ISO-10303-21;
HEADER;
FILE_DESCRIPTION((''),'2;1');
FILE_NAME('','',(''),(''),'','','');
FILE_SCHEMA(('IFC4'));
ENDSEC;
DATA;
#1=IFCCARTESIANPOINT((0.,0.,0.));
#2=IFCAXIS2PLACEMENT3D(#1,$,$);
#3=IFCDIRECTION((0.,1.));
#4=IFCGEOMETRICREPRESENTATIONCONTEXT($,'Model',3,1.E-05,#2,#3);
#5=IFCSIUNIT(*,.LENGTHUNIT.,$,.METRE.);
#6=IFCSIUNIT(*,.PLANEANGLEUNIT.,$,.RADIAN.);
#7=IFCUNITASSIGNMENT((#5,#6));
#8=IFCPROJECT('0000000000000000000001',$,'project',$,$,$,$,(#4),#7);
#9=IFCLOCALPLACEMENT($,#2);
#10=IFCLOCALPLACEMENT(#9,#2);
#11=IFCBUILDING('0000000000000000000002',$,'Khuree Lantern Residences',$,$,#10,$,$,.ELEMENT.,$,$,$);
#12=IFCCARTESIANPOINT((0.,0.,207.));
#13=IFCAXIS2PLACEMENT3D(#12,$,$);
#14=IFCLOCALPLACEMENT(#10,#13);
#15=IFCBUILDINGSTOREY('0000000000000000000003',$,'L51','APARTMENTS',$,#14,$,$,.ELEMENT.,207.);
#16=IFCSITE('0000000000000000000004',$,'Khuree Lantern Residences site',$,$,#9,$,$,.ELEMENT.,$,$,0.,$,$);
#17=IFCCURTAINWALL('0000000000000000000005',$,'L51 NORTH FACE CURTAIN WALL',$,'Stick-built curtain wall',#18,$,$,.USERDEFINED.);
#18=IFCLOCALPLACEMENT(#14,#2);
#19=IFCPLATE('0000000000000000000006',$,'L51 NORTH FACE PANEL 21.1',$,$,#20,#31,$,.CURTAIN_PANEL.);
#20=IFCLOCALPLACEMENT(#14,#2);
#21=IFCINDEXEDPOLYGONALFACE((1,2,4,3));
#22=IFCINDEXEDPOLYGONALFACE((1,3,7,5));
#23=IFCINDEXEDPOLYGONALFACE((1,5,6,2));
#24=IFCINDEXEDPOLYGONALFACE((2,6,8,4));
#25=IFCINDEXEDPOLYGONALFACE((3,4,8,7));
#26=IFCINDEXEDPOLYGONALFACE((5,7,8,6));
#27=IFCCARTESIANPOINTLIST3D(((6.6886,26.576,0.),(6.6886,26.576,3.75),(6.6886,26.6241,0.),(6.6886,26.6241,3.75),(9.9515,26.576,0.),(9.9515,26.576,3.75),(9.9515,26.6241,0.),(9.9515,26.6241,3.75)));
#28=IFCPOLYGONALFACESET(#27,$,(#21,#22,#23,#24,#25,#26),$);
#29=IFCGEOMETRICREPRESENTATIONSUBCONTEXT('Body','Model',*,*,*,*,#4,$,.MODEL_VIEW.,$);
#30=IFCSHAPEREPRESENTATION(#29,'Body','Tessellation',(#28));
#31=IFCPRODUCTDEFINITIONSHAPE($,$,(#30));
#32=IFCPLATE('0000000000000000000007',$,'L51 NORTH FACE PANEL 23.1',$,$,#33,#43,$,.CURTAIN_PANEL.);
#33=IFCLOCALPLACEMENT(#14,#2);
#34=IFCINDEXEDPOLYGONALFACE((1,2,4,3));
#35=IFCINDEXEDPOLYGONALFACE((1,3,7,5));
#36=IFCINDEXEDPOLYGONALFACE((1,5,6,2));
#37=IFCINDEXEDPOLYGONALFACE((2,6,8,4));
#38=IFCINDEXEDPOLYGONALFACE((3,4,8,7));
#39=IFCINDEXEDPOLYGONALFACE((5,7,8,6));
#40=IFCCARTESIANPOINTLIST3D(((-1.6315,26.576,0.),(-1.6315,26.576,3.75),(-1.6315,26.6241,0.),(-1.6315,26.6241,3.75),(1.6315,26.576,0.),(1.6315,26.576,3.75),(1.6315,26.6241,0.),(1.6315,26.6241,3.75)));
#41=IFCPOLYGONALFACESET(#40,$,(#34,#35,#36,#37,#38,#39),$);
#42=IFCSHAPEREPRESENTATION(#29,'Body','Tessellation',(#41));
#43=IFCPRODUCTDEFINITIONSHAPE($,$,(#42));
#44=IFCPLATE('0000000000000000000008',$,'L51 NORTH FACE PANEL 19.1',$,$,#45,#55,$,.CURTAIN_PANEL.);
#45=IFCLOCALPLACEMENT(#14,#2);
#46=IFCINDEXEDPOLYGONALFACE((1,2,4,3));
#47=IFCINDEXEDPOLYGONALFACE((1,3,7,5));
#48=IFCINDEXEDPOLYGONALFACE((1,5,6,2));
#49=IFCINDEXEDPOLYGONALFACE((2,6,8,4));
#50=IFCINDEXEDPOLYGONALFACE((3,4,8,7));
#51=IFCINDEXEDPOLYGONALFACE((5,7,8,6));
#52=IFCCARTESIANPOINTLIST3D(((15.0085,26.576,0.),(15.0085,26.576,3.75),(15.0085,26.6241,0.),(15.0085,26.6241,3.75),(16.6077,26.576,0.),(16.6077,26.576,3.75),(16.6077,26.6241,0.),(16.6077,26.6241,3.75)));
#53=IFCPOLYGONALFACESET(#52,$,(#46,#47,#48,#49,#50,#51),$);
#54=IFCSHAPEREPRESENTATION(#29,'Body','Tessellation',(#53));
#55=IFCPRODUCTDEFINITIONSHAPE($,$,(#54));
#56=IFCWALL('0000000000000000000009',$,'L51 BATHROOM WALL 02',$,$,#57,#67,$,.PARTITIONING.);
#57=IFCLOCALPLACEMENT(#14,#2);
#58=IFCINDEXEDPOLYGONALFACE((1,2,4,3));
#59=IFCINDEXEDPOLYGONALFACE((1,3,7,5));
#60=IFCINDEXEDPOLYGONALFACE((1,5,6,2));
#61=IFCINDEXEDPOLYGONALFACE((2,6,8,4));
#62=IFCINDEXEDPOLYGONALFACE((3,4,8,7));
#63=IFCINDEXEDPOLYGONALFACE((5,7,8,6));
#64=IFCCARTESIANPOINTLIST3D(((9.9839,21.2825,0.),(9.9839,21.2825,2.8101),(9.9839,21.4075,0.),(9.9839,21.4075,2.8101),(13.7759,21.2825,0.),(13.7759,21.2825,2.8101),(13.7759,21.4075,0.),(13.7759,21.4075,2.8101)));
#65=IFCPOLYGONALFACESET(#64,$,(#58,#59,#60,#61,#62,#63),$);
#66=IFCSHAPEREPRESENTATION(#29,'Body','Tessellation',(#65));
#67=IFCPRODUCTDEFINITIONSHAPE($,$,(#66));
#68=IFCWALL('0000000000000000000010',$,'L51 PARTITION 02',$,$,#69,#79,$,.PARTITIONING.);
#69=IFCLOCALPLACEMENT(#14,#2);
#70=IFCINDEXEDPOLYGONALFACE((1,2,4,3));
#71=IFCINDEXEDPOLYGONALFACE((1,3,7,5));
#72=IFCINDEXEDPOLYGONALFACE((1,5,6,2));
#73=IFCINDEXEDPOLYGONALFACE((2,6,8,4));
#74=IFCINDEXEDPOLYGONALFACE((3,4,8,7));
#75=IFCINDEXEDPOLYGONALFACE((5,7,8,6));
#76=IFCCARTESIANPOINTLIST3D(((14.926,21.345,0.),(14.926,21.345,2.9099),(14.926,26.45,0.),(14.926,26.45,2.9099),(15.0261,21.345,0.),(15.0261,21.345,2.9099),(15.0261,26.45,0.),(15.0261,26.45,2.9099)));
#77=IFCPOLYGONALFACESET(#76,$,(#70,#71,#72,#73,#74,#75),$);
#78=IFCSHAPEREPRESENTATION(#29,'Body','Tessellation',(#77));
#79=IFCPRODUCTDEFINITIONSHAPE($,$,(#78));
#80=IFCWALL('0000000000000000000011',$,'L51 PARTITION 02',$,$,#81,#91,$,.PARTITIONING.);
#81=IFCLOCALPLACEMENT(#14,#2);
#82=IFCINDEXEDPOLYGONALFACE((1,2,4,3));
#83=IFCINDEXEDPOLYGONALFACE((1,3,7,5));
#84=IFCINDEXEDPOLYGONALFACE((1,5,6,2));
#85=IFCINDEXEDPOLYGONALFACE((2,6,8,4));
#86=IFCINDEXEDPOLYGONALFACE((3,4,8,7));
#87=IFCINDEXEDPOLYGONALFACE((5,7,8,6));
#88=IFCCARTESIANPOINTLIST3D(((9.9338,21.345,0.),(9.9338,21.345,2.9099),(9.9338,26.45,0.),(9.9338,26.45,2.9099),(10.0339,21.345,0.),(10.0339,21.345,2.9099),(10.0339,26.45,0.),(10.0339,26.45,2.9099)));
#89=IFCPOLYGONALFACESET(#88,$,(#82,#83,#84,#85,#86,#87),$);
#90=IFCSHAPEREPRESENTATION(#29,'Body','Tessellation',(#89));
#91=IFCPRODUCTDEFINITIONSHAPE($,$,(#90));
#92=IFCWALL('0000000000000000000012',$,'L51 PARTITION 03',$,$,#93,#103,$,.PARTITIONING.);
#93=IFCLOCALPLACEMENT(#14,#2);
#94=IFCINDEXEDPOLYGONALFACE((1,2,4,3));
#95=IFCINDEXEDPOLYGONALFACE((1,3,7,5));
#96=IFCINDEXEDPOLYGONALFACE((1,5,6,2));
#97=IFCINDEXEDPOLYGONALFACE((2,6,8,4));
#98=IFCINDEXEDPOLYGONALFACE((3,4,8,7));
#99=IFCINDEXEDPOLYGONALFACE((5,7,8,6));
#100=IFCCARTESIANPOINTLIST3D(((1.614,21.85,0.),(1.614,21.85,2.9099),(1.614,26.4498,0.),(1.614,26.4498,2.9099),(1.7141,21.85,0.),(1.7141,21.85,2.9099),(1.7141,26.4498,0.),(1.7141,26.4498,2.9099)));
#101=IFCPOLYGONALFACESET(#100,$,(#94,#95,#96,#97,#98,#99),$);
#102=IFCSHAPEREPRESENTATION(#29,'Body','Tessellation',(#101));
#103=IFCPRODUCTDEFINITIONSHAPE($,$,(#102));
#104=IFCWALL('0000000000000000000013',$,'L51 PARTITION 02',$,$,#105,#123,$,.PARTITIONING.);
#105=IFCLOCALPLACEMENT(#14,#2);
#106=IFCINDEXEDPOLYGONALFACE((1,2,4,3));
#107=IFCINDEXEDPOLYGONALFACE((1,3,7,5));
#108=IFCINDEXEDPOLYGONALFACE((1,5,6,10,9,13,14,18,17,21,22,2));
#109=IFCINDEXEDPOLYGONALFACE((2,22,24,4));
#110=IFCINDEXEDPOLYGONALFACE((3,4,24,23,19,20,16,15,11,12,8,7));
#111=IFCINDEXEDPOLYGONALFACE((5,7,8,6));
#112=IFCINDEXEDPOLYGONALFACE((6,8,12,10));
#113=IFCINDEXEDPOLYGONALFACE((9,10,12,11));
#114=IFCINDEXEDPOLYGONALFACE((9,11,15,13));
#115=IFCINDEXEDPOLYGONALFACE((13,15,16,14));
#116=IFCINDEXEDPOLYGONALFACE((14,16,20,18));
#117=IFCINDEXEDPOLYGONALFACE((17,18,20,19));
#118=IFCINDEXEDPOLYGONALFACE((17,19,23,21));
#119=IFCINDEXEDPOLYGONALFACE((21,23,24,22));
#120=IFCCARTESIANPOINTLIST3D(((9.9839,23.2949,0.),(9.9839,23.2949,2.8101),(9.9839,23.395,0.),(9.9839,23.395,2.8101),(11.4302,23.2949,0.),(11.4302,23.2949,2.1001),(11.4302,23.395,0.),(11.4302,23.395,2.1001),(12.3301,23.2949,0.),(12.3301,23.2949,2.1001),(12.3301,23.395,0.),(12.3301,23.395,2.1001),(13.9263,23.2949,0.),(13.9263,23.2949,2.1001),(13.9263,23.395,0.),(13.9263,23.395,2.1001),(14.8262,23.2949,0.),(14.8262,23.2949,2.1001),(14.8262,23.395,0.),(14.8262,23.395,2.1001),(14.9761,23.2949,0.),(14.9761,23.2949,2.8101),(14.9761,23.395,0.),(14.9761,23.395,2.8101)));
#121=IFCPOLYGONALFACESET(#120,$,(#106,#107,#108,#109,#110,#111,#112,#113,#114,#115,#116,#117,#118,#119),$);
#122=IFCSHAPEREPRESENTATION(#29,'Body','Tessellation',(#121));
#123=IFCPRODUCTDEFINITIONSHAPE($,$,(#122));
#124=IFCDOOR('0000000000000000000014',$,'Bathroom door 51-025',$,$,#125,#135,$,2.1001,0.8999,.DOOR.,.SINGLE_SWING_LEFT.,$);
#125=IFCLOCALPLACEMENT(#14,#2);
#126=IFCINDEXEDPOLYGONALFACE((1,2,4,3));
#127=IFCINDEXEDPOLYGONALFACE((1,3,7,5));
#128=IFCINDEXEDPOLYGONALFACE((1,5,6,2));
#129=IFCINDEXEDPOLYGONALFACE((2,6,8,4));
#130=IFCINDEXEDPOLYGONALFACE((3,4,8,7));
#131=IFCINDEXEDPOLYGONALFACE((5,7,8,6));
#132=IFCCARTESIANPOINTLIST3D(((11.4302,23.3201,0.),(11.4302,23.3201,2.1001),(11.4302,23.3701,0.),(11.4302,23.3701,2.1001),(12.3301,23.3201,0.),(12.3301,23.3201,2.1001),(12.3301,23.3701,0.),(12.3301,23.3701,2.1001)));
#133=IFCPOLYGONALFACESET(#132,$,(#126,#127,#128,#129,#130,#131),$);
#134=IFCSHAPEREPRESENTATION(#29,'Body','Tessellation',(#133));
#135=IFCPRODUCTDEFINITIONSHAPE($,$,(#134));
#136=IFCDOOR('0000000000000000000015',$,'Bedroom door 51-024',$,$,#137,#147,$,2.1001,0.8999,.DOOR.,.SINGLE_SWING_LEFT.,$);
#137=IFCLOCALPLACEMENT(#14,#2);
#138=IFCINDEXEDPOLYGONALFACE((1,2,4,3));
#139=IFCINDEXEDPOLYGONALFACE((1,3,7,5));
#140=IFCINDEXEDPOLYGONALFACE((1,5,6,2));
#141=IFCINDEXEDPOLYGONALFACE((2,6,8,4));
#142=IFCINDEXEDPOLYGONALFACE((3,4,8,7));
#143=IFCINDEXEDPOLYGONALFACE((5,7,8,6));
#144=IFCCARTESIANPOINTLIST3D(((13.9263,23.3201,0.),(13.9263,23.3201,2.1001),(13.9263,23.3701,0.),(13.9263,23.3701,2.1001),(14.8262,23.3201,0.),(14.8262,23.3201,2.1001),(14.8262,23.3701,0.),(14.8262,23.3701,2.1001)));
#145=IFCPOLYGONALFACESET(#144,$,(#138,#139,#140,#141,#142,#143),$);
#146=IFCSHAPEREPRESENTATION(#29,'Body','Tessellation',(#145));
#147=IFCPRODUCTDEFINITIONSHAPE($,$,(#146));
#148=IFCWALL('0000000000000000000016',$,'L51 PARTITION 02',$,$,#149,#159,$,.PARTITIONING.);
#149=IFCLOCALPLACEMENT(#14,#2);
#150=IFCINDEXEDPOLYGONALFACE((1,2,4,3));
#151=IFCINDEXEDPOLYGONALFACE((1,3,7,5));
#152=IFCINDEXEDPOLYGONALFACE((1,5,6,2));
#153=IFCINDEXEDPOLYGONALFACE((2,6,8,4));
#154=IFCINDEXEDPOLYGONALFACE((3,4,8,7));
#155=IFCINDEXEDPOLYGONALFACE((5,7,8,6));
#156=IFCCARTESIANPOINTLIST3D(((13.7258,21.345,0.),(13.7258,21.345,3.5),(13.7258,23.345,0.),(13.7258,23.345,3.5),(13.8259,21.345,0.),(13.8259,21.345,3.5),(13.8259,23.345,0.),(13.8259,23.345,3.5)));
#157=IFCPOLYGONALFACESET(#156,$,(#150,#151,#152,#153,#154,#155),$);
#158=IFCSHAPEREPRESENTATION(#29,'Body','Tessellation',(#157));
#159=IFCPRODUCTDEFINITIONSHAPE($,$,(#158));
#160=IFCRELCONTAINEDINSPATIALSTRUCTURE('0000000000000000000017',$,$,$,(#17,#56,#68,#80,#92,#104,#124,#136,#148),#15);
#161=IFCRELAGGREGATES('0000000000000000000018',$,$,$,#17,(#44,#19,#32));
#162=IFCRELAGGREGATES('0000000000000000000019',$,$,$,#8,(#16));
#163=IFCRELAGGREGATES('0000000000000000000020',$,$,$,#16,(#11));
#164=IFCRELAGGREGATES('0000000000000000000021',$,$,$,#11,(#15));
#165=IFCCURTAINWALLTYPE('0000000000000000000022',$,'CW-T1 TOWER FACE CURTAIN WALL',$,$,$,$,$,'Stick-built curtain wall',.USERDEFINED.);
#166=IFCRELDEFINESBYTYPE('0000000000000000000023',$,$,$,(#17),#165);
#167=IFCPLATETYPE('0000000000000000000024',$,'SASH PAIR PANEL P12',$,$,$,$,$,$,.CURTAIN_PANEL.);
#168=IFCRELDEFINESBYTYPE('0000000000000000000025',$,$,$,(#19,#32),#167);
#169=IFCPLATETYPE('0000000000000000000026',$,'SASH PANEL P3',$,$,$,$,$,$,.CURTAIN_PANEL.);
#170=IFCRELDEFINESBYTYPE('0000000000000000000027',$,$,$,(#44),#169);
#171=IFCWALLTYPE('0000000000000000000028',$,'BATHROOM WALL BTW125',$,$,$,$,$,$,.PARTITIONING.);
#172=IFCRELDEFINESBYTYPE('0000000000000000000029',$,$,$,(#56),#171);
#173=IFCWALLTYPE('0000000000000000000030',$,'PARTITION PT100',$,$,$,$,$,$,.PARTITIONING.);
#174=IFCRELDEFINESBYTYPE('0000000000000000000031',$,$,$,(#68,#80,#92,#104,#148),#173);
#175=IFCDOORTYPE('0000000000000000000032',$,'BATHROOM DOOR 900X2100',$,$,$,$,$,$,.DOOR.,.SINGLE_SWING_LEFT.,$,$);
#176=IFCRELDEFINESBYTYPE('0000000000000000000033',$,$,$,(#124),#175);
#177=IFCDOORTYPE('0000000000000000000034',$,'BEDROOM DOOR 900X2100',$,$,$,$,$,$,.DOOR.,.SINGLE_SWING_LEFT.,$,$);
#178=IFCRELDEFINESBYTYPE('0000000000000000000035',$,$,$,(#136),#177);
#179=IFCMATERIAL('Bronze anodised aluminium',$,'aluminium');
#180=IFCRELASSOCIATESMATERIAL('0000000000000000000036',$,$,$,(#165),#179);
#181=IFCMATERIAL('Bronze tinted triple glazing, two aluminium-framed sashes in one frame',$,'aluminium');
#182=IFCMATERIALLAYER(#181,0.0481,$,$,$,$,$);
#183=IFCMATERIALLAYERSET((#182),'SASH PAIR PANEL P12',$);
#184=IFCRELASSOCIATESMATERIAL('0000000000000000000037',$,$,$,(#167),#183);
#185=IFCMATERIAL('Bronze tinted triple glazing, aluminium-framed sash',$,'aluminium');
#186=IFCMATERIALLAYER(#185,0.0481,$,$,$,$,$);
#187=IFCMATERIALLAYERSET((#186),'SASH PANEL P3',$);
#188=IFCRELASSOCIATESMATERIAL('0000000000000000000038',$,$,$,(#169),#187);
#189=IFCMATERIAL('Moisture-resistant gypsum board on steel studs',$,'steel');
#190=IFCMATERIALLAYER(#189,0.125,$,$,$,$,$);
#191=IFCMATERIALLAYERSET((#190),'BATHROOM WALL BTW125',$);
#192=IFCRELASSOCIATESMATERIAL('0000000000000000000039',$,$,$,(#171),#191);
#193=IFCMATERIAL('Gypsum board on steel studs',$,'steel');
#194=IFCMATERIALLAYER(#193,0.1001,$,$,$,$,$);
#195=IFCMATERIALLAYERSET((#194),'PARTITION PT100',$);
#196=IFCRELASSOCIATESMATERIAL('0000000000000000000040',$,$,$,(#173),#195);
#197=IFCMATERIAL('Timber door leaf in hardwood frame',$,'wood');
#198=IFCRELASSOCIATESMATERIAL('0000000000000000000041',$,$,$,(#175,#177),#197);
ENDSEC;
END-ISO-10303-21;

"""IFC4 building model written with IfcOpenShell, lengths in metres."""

from ifc_helpers import new_model, si_unit, direction, frame, frame_2d, origin, origin_2d, place, context, subcontext, project, spatial, rectangle, extrude, material, layer, layer_set, type_object, element, fill, aggregate, save


model = new_model("IFC4")

# Units and contexts
model_context = context("Model", 3, precision=1e-05, world=origin(), true_north=direction((0.0, 1.0)))
body_context = subcontext(model_context, "Body", "Model", "MODEL_VIEW")
ifc_project = project(units=[si_unit("LENGTHUNIT", "METRE"), si_unit("PLANEANGLEUNIT", "RADIAN")], contexts=[model_context])

# Site, building, storey
site_placement = place(None, origin())
site = spatial("IfcSite", under=ifc_project, at=site_placement, Name="Khuree Lantern Residences site", CompositionType="ELEMENT", RefElevation=0.0)
building_placement = place(site_placement, origin())
building = spatial("IfcBuilding", under=site, at=building_placement, Name="Khuree Lantern Residences", CompositionType="ELEMENT")
storey_placement = place(building_placement, frame((0.0, 0.0, 207.0)))
storey = spatial("IfcBuildingStorey", under=building, at=storey_placement, Name="L51", Description="APARTMENTS", CompositionType="ELEMENT", Elevation=207.0)

# Curtain wall
ifc_material_1 = material(Name="Bronze anodised aluminium", Category="aluminium")
curtain_wall_type = type_object("IfcCurtainWallType", Name="CW-T1 TOWER FACE CURTAIN WALL", ElementType="Stick-built curtain wall", PredefinedType="USERDEFINED", material=ifc_material_1)
curtain_wall_placement = place(storey_placement, origin())
curtain_wall = element("IfcCurtainWall", 1, at=curtain_wall_placement, inside=storey, type_object=curtain_wall_type, Name="L51 NORTH FACE CURTAIN WALL", ObjectType="Stick-built curtain wall", PredefinedType="USERDEFINED")

# Plates
ifc_material_2 = material(Name="Bronze tinted triple glazing, two aluminium-framed sashes in one frame", Category="aluminium")
ifc_layer_1 = layer(ifc_material_2, 0.0481)
ifc_layer_set_1 = layer_set([ifc_layer_1], Name="SASH PAIR PANEL P12")
plate_type_1 = type_object("IfcPlateType", Name="SASH PAIR PANEL P12", PredefinedType="CURTAIN_PANEL", material=ifc_layer_set_1)
plate_1_placement = place(storey_placement, frame((8.3201, 26.6001, 0.0), z_axis=(0.0, 0.0, 1.0), x_axis=(-1.0, 0.0, 0.0)))
plate_1 = element("IfcPlate", 2, at=plate_1_placement, type_object=plate_type_1, Name="L51 NORTH FACE PANEL 21.1", PredefinedType="CURTAIN_PANEL", context=body_context, shape_type="SweptSolid", body=[
    extrude(rectangle(XDim=3.2629, YDim=0.0481, at=origin_2d()), origin(), (0.0, 0.0, 1.0), 3.75),
])
plate_2_placement = place(storey_placement, frame((0.0, 26.6001, 0.0), z_axis=(0.0, 0.0, 1.0), x_axis=(-1.0, 0.0, 0.0)))
plate_2 = element("IfcPlate", 3, at=plate_2_placement, type_object=plate_type_1, Name="L51 NORTH FACE PANEL 23.1", PredefinedType="CURTAIN_PANEL", context=body_context, shape_type="SweptSolid", body=[
    extrude(rectangle(XDim=3.2629, YDim=0.0481, at=origin_2d()), origin(), (0.0, 0.0, 1.0), 3.75),
])
ifc_material_3 = material(Name="Bronze tinted triple glazing, aluminium-framed sash", Category="aluminium")
ifc_layer_2 = layer(ifc_material_3, 0.0481)
ifc_layer_set_2 = layer_set([ifc_layer_2], Name="SASH PANEL P3")
plate_type_2 = type_object("IfcPlateType", Name="SASH PANEL P3", PredefinedType="CURTAIN_PANEL", material=ifc_layer_set_2)
plate_3_placement = place(storey_placement, frame((15.8081, 26.6001, 0.0), z_axis=(0.0, 0.0, 1.0), x_axis=(-1.0, 0.0, 0.0)))
plate_3 = element("IfcPlate", 4, at=plate_3_placement, type_object=plate_type_2, Name="L51 NORTH FACE PANEL 19.1", PredefinedType="CURTAIN_PANEL", context=body_context, shape_type="SweptSolid", body=[
    extrude(rectangle(XDim=1.5991, YDim=0.0481, at=origin_2d()), origin(), (0.0, 0.0, 1.0), 3.75),
])
aggregate(curtain_wall, [plate_3, plate_1, plate_2])

# Walls
ifc_material_4 = material(Name="Moisture-resistant gypsum board on steel studs", Category="steel")
ifc_layer_3 = layer(ifc_material_4, 0.125)
ifc_layer_set_3 = layer_set([ifc_layer_3], Name="BATHROOM WALL BTW125")
wall_type_1 = type_object("IfcWallType", Name="BATHROOM WALL BTW125", PredefinedType="PARTITIONING", material=ifc_layer_set_3)
wall_1_placement = place(storey_placement, frame((13.7759, 21.345, 0.0), z_axis=(0.0, 0.0, 1.0), x_axis=(-1.0, 0.0, 0.0)))
element("IfcWall", 5, at=wall_1_placement, inside=storey, type_object=wall_type_1, Name="L51 BATHROOM WALL 02", PredefinedType="PARTITIONING", context=body_context, shape_type="SweptSolid", body=[
    extrude(rectangle(XDim=3.792, YDim=0.125, at=frame_2d((1.896, 0.0))), origin(), (0.0, 0.0, 1.0), 2.8101),
])
ifc_material_5 = material(Name="Gypsum board on steel studs", Category="steel")
ifc_layer_4 = layer(ifc_material_5, 0.1001)
ifc_layer_set_4 = layer_set([ifc_layer_4], Name="PARTITION PT100")
wall_type_2 = type_object("IfcWallType", Name="PARTITION PT100", PredefinedType="PARTITIONING", material=ifc_layer_set_4)
for number, where, z_axis, x_axis, name in (
    (6, (14.9761, 21.345, 0.0), (0.0, 0.0, 1.0), (0.0, 1.0, 0.0), "L51 PARTITION 02"),
    (7, (9.9839, 21.345, 0.0), (0.0, 0.0, 1.0), (0.0, 1.0, 0.0), "L51 PARTITION 02"),
):
    element("IfcWall", number, at=place(storey_placement, frame(where, z_axis=z_axis, x_axis=x_axis)), inside=storey, type_object=wall_type_2, Name=name, PredefinedType="PARTITIONING", context=body_context, shape_type="SweptSolid", body=[
        extrude(rectangle(XDim=5.105, YDim=0.1001, at=frame_2d((2.5525, 0.0))), origin(), (0.0, 0.0, 1.0), 2.9099),
    ])
wall_2_placement = place(storey_placement, frame((1.6641, 21.8501, 0.0), z_axis=(0.0, 0.0, 1.0), x_axis=(0.0, 1.0, 0.0)))
element("IfcWall", 8, at=wall_2_placement, inside=storey, type_object=wall_type_2, Name="L51 PARTITION 03", PredefinedType="PARTITIONING", context=body_context, shape_type="SweptSolid", body=[
    extrude(rectangle(XDim=4.5999, YDim=0.1001, at=frame_2d((2.2998, 0.0))), origin(), (0.0, 0.0, 1.0), 2.9099),
])

# Wall, openings, doors
wall_3_placement = place(storey_placement, frame((14.9761, 23.345, 0.0), z_axis=(0.0, 0.0, 1.0), x_axis=(-1.0, 0.0, 0.0)))
wall_3 = element("IfcWall", 9, at=wall_3_placement, inside=storey, type_object=wall_type_2, Name="L51 PARTITION 02", PredefinedType="PARTITIONING", context=body_context, shape_type="SweptSolid", body=[
    extrude(rectangle(XDim=4.9922, YDim=0.1001, at=frame_2d((2.4961, 0.0))), origin(), (0.0, 0.0, 1.0), 2.8101),
])
opening_1_placement = place(wall_3_placement, frame((0.1499, 0.0, 0.0)))
opening_1 = element("IfcOpeningElement", 10, at=opening_1_placement, cuts=wall_3, PredefinedType="OPENING", context=body_context, shape_type="SweptSolid", body=[
    extrude(rectangle(XDim=0.8999, YDim=2.1001, at=frame_2d((0.45, 1.05))), frame((0.0, 0.0601, 0.0), z_axis=(0.0, -1.0, 0.0), x_axis=(1.0, 0.0, 0.0)), (0.0, 0.0, 1.0), 0.1201),
])
opening_2_placement = place(wall_3_placement, frame((2.646, 0.0, 0.0)))
opening_2 = element("IfcOpeningElement", 11, at=opening_2_placement, cuts=wall_3, PredefinedType="OPENING", context=body_context, shape_type="SweptSolid", body=[
    extrude(rectangle(XDim=0.8999, YDim=2.1001, at=frame_2d((0.45, 1.05))), frame((0.0, 0.0601, 0.0), z_axis=(0.0, -1.0, 0.0), x_axis=(1.0, 0.0, 0.0)), (0.0, 0.0, 1.0), 0.1201),
])
ifc_material_6 = material(Name="Timber door leaf in hardwood frame", Category="wood")
door_type_1 = type_object("IfcDoorType", Name="BATHROOM DOOR 900X2100", OperationType="SINGLE_SWING_LEFT", PredefinedType="DOOR", material=ifc_material_6)
door_1_placement = place(opening_2_placement, origin())
door_1 = element("IfcDoor", 12, at=door_1_placement, inside=storey, type_object=door_type_1, Name="Bathroom door 51-025", OperationType="SINGLE_SWING_LEFT", OverallHeight=2.1001, OverallWidth=0.8999, PredefinedType="DOOR", context=body_context, shape_type="SweptSolid", body=[
    extrude(rectangle(XDim=0.8999, YDim=2.1001, at=frame_2d((0.45, 1.05))), frame((0.0, 0.0249, 0.0), z_axis=(0.0, -1.0, 0.0), x_axis=(1.0, 0.0, 0.0)), (0.0, 0.0, 1.0), 0.05),
])
fill(opening_2, door_1)
door_type_2 = type_object("IfcDoorType", Name="BEDROOM DOOR 900X2100", OperationType="SINGLE_SWING_LEFT", PredefinedType="DOOR", material=ifc_material_6)
door_2_placement = place(opening_1_placement, origin())
door_2 = element("IfcDoor", 13, at=door_2_placement, inside=storey, type_object=door_type_2, Name="Bedroom door 51-024", OperationType="SINGLE_SWING_LEFT", OverallHeight=2.1001, OverallWidth=0.8999, PredefinedType="DOOR", context=body_context, shape_type="SweptSolid", body=[
    extrude(rectangle(XDim=0.8999, YDim=2.1001, at=frame_2d((0.45, 1.05))), frame((0.0, 0.0249, 0.0), z_axis=(0.0, -1.0, 0.0), x_axis=(1.0, 0.0, 0.0)), (0.0, 0.0, 1.0), 0.05),
])
fill(opening_1, door_2)

# Wall
wall_4_placement = place(storey_placement, frame((13.7759, 21.345, 0.0), z_axis=(0.0, 0.0, 1.0), x_axis=(0.0, 1.0, 0.0)))
element("IfcWall", 14, at=wall_4_placement, inside=storey, type_object=wall_type_2, Name="L51 PARTITION 02", PredefinedType="PARTITIONING", context=body_context, shape_type="SweptSolid", body=[
    extrude(rectangle(XDim=2.0, YDim=0.1001, at=frame_2d((1.0, 0.0))), origin(), (0.0, 0.0, 1.0), 3.5),
])

save(model, "model.ifc")
